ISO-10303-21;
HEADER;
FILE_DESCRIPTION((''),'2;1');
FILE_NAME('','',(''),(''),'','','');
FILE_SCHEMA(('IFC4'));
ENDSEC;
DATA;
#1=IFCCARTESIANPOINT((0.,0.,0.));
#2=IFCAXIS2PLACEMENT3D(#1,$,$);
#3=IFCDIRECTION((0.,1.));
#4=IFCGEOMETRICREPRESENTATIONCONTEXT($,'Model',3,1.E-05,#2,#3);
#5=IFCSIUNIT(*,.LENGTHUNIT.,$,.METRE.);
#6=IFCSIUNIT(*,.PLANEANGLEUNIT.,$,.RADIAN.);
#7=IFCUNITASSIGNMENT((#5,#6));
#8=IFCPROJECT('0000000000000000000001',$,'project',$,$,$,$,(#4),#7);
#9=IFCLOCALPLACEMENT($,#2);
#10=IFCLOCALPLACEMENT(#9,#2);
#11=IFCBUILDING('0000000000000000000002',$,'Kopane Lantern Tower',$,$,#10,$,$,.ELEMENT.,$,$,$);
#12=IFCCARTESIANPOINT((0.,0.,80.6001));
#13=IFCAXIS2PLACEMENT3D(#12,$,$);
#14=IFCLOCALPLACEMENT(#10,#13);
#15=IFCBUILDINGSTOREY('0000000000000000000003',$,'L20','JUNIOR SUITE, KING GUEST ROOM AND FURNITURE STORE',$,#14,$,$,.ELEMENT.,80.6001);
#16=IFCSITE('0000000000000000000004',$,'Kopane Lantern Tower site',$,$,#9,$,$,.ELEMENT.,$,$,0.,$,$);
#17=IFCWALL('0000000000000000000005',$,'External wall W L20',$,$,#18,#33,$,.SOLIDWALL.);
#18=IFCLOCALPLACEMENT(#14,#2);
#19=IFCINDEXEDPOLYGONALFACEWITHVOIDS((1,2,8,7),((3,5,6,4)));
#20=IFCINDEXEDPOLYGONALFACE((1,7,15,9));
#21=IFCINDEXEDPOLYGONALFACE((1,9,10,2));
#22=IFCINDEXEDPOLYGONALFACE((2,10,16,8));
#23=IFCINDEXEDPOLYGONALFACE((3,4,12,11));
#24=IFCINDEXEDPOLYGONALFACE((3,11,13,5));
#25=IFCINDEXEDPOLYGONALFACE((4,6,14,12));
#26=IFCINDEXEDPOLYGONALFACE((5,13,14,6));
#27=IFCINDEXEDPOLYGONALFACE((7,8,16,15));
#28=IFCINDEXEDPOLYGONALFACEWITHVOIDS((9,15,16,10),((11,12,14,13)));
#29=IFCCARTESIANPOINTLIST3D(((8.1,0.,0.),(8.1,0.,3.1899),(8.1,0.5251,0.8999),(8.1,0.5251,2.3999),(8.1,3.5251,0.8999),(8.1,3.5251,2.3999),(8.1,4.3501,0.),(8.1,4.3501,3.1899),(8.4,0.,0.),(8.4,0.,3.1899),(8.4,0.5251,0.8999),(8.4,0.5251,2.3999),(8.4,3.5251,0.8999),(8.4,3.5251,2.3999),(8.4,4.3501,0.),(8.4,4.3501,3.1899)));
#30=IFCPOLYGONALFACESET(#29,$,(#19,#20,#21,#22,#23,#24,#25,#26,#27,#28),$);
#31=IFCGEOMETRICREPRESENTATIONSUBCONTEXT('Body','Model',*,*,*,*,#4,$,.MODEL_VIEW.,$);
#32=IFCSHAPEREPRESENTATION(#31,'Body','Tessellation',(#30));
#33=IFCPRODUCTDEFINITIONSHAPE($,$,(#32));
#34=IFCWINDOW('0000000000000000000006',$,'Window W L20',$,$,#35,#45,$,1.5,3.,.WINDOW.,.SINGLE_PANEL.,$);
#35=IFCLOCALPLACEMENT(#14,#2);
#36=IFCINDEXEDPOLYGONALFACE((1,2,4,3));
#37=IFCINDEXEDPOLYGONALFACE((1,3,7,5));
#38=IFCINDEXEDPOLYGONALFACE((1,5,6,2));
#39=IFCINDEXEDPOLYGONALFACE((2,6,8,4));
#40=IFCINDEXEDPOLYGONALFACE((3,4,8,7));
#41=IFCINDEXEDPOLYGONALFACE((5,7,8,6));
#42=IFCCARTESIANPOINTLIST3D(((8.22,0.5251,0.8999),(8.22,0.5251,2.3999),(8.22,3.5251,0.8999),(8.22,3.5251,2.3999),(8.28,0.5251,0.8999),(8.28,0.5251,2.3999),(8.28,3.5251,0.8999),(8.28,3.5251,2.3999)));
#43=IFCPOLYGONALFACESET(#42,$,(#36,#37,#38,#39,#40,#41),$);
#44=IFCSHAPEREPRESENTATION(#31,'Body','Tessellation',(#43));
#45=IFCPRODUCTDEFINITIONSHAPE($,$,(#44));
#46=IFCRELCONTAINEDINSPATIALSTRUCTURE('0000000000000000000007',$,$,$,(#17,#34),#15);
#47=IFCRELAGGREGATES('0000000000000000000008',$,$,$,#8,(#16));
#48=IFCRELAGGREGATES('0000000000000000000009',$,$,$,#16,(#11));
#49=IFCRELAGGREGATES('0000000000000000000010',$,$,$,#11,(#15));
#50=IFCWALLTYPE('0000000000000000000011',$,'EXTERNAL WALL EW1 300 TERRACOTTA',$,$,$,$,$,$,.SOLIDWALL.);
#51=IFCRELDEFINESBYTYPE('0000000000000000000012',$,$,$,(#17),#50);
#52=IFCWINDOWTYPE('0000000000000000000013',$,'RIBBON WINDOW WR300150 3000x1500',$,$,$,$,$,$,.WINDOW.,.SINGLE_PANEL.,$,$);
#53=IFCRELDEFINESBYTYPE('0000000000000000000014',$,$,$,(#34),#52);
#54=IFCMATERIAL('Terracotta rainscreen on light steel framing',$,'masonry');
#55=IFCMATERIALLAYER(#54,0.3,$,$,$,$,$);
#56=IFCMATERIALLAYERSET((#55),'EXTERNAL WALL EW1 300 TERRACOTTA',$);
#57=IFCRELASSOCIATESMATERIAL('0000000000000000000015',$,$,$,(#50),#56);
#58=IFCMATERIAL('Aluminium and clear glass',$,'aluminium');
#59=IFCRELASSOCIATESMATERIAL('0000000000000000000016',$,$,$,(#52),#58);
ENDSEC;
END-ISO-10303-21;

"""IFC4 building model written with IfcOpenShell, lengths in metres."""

from ifc_helpers import new_model, si_unit, direction, frame, frame_2d, origin, place, context, subcontext, project, spatial, rectangle, extrude, material, layer, layer_set, type_object, element, fill, save


model = new_model("IFC4")

# Units and contexts
model_context = context("Model", 3, precision=1e-05, world=origin(), true_north=direction((0.0, 1.0)))
body_context = subcontext(model_context, "Body", "Model", "MODEL_VIEW")
ifc_project = project(units=[si_unit("LENGTHUNIT", "METRE"), si_unit("PLANEANGLEUNIT", "RADIAN")], contexts=[model_context])

# Site, building, storey
site_placement = place(None, origin())
site = spatial("IfcSite", under=ifc_project, at=site_placement, Name="Kopane Lantern Tower site", CompositionType="ELEMENT", RefElevation=0.0)
building_placement = place(site_placement, origin())
building = spatial("IfcBuilding", under=site, at=building_placement, Name="Kopane Lantern Tower", CompositionType="ELEMENT")
storey_placement = place(building_placement, frame((0.0, 0.0, 80.6001)))
storey = spatial("IfcBuildingStorey", under=building, at=storey_placement, Name="L20", Description="JUNIOR SUITE, KING GUEST ROOM AND FURNITURE STORE", CompositionType="ELEMENT", Elevation=80.6001)

# Shared definitions
ifc_material_1 = material(Name="Terracotta rainscreen on light steel framing", Category="masonry")
ifc_layer = layer(ifc_material_1, 0.3)
ifc_layer_set = layer_set([ifc_layer], Name="EXTERNAL WALL EW1 300 TERRACOTTA")
wall_type = type_object("IfcWallType", Name="EXTERNAL WALL EW1 300 TERRACOTTA", PredefinedType="SOLIDWALL", material=ifc_layer_set)
ifc_material_2 = material(Name="Aluminium and clear glass", Category="aluminium")
window_type = type_object("IfcWindowType", Name="RIBBON WINDOW WR300150 3000x1500", PartitioningType="SINGLE_PANEL", PredefinedType="WINDOW", material=ifc_material_2)

# Wall, opening, window
wall_1_placement = place(storey_placement, frame((8.25, 4.3501, 0.0), z_axis=(0.0, 0.0, 1.0), x_axis=(0.0, -1.0, 0.0)))
wall_1 = element("IfcWall", 1, at=wall_1_placement, inside=storey, type_object=wall_type, Name="External wall W L20", PredefinedType="SOLIDWALL", context=body_context, shape_type="SweptSolid", body=[
    extrude(rectangle(XDim=4.3501, YDim=0.3, at=frame_2d((2.175, 0.0))), origin(), (0.0, 0.0, 1.0), 3.1899),
])
opening_1_placement = place(wall_1_placement, frame((0.825, 0.0, 0.8999)))
opening_1 = element("IfcOpeningElement", 2, at=opening_1_placement, cuts=wall_1, PredefinedType="OPENING", context=body_context, shape_type="SweptSolid", body=[
    extrude(rectangle(XDim=3.0, YDim=1.5, at=frame_2d((1.5, 0.75))), frame((0.0, 0.1599, 0.0), z_axis=(0.0, -1.0, 0.0), x_axis=(1.0, 0.0, 0.0)), (0.0, 0.0, 1.0), 0.3201),
])
window_1_placement = place(opening_1_placement, origin())
window_1 = element("IfcWindow", 3, at=window_1_placement, inside=storey, type_object=window_type, Name="Window W L20", OverallHeight=1.5, OverallWidth=3.0, PartitioningType="SINGLE_PANEL", PredefinedType="WINDOW", context=body_context, shape_type="SweptSolid", body=[
    extrude(rectangle(XDim=3.0, YDim=1.5, at=frame_2d((1.5, 0.75))), frame((0.0, 0.03, 0.0), z_axis=(0.0, -1.0, 0.0), x_axis=(1.0, 0.0, 0.0)), (0.0, 0.0, 1.0), 0.0601),
])
fill(opening_1, window_1)

save(model, "model.ifc")
